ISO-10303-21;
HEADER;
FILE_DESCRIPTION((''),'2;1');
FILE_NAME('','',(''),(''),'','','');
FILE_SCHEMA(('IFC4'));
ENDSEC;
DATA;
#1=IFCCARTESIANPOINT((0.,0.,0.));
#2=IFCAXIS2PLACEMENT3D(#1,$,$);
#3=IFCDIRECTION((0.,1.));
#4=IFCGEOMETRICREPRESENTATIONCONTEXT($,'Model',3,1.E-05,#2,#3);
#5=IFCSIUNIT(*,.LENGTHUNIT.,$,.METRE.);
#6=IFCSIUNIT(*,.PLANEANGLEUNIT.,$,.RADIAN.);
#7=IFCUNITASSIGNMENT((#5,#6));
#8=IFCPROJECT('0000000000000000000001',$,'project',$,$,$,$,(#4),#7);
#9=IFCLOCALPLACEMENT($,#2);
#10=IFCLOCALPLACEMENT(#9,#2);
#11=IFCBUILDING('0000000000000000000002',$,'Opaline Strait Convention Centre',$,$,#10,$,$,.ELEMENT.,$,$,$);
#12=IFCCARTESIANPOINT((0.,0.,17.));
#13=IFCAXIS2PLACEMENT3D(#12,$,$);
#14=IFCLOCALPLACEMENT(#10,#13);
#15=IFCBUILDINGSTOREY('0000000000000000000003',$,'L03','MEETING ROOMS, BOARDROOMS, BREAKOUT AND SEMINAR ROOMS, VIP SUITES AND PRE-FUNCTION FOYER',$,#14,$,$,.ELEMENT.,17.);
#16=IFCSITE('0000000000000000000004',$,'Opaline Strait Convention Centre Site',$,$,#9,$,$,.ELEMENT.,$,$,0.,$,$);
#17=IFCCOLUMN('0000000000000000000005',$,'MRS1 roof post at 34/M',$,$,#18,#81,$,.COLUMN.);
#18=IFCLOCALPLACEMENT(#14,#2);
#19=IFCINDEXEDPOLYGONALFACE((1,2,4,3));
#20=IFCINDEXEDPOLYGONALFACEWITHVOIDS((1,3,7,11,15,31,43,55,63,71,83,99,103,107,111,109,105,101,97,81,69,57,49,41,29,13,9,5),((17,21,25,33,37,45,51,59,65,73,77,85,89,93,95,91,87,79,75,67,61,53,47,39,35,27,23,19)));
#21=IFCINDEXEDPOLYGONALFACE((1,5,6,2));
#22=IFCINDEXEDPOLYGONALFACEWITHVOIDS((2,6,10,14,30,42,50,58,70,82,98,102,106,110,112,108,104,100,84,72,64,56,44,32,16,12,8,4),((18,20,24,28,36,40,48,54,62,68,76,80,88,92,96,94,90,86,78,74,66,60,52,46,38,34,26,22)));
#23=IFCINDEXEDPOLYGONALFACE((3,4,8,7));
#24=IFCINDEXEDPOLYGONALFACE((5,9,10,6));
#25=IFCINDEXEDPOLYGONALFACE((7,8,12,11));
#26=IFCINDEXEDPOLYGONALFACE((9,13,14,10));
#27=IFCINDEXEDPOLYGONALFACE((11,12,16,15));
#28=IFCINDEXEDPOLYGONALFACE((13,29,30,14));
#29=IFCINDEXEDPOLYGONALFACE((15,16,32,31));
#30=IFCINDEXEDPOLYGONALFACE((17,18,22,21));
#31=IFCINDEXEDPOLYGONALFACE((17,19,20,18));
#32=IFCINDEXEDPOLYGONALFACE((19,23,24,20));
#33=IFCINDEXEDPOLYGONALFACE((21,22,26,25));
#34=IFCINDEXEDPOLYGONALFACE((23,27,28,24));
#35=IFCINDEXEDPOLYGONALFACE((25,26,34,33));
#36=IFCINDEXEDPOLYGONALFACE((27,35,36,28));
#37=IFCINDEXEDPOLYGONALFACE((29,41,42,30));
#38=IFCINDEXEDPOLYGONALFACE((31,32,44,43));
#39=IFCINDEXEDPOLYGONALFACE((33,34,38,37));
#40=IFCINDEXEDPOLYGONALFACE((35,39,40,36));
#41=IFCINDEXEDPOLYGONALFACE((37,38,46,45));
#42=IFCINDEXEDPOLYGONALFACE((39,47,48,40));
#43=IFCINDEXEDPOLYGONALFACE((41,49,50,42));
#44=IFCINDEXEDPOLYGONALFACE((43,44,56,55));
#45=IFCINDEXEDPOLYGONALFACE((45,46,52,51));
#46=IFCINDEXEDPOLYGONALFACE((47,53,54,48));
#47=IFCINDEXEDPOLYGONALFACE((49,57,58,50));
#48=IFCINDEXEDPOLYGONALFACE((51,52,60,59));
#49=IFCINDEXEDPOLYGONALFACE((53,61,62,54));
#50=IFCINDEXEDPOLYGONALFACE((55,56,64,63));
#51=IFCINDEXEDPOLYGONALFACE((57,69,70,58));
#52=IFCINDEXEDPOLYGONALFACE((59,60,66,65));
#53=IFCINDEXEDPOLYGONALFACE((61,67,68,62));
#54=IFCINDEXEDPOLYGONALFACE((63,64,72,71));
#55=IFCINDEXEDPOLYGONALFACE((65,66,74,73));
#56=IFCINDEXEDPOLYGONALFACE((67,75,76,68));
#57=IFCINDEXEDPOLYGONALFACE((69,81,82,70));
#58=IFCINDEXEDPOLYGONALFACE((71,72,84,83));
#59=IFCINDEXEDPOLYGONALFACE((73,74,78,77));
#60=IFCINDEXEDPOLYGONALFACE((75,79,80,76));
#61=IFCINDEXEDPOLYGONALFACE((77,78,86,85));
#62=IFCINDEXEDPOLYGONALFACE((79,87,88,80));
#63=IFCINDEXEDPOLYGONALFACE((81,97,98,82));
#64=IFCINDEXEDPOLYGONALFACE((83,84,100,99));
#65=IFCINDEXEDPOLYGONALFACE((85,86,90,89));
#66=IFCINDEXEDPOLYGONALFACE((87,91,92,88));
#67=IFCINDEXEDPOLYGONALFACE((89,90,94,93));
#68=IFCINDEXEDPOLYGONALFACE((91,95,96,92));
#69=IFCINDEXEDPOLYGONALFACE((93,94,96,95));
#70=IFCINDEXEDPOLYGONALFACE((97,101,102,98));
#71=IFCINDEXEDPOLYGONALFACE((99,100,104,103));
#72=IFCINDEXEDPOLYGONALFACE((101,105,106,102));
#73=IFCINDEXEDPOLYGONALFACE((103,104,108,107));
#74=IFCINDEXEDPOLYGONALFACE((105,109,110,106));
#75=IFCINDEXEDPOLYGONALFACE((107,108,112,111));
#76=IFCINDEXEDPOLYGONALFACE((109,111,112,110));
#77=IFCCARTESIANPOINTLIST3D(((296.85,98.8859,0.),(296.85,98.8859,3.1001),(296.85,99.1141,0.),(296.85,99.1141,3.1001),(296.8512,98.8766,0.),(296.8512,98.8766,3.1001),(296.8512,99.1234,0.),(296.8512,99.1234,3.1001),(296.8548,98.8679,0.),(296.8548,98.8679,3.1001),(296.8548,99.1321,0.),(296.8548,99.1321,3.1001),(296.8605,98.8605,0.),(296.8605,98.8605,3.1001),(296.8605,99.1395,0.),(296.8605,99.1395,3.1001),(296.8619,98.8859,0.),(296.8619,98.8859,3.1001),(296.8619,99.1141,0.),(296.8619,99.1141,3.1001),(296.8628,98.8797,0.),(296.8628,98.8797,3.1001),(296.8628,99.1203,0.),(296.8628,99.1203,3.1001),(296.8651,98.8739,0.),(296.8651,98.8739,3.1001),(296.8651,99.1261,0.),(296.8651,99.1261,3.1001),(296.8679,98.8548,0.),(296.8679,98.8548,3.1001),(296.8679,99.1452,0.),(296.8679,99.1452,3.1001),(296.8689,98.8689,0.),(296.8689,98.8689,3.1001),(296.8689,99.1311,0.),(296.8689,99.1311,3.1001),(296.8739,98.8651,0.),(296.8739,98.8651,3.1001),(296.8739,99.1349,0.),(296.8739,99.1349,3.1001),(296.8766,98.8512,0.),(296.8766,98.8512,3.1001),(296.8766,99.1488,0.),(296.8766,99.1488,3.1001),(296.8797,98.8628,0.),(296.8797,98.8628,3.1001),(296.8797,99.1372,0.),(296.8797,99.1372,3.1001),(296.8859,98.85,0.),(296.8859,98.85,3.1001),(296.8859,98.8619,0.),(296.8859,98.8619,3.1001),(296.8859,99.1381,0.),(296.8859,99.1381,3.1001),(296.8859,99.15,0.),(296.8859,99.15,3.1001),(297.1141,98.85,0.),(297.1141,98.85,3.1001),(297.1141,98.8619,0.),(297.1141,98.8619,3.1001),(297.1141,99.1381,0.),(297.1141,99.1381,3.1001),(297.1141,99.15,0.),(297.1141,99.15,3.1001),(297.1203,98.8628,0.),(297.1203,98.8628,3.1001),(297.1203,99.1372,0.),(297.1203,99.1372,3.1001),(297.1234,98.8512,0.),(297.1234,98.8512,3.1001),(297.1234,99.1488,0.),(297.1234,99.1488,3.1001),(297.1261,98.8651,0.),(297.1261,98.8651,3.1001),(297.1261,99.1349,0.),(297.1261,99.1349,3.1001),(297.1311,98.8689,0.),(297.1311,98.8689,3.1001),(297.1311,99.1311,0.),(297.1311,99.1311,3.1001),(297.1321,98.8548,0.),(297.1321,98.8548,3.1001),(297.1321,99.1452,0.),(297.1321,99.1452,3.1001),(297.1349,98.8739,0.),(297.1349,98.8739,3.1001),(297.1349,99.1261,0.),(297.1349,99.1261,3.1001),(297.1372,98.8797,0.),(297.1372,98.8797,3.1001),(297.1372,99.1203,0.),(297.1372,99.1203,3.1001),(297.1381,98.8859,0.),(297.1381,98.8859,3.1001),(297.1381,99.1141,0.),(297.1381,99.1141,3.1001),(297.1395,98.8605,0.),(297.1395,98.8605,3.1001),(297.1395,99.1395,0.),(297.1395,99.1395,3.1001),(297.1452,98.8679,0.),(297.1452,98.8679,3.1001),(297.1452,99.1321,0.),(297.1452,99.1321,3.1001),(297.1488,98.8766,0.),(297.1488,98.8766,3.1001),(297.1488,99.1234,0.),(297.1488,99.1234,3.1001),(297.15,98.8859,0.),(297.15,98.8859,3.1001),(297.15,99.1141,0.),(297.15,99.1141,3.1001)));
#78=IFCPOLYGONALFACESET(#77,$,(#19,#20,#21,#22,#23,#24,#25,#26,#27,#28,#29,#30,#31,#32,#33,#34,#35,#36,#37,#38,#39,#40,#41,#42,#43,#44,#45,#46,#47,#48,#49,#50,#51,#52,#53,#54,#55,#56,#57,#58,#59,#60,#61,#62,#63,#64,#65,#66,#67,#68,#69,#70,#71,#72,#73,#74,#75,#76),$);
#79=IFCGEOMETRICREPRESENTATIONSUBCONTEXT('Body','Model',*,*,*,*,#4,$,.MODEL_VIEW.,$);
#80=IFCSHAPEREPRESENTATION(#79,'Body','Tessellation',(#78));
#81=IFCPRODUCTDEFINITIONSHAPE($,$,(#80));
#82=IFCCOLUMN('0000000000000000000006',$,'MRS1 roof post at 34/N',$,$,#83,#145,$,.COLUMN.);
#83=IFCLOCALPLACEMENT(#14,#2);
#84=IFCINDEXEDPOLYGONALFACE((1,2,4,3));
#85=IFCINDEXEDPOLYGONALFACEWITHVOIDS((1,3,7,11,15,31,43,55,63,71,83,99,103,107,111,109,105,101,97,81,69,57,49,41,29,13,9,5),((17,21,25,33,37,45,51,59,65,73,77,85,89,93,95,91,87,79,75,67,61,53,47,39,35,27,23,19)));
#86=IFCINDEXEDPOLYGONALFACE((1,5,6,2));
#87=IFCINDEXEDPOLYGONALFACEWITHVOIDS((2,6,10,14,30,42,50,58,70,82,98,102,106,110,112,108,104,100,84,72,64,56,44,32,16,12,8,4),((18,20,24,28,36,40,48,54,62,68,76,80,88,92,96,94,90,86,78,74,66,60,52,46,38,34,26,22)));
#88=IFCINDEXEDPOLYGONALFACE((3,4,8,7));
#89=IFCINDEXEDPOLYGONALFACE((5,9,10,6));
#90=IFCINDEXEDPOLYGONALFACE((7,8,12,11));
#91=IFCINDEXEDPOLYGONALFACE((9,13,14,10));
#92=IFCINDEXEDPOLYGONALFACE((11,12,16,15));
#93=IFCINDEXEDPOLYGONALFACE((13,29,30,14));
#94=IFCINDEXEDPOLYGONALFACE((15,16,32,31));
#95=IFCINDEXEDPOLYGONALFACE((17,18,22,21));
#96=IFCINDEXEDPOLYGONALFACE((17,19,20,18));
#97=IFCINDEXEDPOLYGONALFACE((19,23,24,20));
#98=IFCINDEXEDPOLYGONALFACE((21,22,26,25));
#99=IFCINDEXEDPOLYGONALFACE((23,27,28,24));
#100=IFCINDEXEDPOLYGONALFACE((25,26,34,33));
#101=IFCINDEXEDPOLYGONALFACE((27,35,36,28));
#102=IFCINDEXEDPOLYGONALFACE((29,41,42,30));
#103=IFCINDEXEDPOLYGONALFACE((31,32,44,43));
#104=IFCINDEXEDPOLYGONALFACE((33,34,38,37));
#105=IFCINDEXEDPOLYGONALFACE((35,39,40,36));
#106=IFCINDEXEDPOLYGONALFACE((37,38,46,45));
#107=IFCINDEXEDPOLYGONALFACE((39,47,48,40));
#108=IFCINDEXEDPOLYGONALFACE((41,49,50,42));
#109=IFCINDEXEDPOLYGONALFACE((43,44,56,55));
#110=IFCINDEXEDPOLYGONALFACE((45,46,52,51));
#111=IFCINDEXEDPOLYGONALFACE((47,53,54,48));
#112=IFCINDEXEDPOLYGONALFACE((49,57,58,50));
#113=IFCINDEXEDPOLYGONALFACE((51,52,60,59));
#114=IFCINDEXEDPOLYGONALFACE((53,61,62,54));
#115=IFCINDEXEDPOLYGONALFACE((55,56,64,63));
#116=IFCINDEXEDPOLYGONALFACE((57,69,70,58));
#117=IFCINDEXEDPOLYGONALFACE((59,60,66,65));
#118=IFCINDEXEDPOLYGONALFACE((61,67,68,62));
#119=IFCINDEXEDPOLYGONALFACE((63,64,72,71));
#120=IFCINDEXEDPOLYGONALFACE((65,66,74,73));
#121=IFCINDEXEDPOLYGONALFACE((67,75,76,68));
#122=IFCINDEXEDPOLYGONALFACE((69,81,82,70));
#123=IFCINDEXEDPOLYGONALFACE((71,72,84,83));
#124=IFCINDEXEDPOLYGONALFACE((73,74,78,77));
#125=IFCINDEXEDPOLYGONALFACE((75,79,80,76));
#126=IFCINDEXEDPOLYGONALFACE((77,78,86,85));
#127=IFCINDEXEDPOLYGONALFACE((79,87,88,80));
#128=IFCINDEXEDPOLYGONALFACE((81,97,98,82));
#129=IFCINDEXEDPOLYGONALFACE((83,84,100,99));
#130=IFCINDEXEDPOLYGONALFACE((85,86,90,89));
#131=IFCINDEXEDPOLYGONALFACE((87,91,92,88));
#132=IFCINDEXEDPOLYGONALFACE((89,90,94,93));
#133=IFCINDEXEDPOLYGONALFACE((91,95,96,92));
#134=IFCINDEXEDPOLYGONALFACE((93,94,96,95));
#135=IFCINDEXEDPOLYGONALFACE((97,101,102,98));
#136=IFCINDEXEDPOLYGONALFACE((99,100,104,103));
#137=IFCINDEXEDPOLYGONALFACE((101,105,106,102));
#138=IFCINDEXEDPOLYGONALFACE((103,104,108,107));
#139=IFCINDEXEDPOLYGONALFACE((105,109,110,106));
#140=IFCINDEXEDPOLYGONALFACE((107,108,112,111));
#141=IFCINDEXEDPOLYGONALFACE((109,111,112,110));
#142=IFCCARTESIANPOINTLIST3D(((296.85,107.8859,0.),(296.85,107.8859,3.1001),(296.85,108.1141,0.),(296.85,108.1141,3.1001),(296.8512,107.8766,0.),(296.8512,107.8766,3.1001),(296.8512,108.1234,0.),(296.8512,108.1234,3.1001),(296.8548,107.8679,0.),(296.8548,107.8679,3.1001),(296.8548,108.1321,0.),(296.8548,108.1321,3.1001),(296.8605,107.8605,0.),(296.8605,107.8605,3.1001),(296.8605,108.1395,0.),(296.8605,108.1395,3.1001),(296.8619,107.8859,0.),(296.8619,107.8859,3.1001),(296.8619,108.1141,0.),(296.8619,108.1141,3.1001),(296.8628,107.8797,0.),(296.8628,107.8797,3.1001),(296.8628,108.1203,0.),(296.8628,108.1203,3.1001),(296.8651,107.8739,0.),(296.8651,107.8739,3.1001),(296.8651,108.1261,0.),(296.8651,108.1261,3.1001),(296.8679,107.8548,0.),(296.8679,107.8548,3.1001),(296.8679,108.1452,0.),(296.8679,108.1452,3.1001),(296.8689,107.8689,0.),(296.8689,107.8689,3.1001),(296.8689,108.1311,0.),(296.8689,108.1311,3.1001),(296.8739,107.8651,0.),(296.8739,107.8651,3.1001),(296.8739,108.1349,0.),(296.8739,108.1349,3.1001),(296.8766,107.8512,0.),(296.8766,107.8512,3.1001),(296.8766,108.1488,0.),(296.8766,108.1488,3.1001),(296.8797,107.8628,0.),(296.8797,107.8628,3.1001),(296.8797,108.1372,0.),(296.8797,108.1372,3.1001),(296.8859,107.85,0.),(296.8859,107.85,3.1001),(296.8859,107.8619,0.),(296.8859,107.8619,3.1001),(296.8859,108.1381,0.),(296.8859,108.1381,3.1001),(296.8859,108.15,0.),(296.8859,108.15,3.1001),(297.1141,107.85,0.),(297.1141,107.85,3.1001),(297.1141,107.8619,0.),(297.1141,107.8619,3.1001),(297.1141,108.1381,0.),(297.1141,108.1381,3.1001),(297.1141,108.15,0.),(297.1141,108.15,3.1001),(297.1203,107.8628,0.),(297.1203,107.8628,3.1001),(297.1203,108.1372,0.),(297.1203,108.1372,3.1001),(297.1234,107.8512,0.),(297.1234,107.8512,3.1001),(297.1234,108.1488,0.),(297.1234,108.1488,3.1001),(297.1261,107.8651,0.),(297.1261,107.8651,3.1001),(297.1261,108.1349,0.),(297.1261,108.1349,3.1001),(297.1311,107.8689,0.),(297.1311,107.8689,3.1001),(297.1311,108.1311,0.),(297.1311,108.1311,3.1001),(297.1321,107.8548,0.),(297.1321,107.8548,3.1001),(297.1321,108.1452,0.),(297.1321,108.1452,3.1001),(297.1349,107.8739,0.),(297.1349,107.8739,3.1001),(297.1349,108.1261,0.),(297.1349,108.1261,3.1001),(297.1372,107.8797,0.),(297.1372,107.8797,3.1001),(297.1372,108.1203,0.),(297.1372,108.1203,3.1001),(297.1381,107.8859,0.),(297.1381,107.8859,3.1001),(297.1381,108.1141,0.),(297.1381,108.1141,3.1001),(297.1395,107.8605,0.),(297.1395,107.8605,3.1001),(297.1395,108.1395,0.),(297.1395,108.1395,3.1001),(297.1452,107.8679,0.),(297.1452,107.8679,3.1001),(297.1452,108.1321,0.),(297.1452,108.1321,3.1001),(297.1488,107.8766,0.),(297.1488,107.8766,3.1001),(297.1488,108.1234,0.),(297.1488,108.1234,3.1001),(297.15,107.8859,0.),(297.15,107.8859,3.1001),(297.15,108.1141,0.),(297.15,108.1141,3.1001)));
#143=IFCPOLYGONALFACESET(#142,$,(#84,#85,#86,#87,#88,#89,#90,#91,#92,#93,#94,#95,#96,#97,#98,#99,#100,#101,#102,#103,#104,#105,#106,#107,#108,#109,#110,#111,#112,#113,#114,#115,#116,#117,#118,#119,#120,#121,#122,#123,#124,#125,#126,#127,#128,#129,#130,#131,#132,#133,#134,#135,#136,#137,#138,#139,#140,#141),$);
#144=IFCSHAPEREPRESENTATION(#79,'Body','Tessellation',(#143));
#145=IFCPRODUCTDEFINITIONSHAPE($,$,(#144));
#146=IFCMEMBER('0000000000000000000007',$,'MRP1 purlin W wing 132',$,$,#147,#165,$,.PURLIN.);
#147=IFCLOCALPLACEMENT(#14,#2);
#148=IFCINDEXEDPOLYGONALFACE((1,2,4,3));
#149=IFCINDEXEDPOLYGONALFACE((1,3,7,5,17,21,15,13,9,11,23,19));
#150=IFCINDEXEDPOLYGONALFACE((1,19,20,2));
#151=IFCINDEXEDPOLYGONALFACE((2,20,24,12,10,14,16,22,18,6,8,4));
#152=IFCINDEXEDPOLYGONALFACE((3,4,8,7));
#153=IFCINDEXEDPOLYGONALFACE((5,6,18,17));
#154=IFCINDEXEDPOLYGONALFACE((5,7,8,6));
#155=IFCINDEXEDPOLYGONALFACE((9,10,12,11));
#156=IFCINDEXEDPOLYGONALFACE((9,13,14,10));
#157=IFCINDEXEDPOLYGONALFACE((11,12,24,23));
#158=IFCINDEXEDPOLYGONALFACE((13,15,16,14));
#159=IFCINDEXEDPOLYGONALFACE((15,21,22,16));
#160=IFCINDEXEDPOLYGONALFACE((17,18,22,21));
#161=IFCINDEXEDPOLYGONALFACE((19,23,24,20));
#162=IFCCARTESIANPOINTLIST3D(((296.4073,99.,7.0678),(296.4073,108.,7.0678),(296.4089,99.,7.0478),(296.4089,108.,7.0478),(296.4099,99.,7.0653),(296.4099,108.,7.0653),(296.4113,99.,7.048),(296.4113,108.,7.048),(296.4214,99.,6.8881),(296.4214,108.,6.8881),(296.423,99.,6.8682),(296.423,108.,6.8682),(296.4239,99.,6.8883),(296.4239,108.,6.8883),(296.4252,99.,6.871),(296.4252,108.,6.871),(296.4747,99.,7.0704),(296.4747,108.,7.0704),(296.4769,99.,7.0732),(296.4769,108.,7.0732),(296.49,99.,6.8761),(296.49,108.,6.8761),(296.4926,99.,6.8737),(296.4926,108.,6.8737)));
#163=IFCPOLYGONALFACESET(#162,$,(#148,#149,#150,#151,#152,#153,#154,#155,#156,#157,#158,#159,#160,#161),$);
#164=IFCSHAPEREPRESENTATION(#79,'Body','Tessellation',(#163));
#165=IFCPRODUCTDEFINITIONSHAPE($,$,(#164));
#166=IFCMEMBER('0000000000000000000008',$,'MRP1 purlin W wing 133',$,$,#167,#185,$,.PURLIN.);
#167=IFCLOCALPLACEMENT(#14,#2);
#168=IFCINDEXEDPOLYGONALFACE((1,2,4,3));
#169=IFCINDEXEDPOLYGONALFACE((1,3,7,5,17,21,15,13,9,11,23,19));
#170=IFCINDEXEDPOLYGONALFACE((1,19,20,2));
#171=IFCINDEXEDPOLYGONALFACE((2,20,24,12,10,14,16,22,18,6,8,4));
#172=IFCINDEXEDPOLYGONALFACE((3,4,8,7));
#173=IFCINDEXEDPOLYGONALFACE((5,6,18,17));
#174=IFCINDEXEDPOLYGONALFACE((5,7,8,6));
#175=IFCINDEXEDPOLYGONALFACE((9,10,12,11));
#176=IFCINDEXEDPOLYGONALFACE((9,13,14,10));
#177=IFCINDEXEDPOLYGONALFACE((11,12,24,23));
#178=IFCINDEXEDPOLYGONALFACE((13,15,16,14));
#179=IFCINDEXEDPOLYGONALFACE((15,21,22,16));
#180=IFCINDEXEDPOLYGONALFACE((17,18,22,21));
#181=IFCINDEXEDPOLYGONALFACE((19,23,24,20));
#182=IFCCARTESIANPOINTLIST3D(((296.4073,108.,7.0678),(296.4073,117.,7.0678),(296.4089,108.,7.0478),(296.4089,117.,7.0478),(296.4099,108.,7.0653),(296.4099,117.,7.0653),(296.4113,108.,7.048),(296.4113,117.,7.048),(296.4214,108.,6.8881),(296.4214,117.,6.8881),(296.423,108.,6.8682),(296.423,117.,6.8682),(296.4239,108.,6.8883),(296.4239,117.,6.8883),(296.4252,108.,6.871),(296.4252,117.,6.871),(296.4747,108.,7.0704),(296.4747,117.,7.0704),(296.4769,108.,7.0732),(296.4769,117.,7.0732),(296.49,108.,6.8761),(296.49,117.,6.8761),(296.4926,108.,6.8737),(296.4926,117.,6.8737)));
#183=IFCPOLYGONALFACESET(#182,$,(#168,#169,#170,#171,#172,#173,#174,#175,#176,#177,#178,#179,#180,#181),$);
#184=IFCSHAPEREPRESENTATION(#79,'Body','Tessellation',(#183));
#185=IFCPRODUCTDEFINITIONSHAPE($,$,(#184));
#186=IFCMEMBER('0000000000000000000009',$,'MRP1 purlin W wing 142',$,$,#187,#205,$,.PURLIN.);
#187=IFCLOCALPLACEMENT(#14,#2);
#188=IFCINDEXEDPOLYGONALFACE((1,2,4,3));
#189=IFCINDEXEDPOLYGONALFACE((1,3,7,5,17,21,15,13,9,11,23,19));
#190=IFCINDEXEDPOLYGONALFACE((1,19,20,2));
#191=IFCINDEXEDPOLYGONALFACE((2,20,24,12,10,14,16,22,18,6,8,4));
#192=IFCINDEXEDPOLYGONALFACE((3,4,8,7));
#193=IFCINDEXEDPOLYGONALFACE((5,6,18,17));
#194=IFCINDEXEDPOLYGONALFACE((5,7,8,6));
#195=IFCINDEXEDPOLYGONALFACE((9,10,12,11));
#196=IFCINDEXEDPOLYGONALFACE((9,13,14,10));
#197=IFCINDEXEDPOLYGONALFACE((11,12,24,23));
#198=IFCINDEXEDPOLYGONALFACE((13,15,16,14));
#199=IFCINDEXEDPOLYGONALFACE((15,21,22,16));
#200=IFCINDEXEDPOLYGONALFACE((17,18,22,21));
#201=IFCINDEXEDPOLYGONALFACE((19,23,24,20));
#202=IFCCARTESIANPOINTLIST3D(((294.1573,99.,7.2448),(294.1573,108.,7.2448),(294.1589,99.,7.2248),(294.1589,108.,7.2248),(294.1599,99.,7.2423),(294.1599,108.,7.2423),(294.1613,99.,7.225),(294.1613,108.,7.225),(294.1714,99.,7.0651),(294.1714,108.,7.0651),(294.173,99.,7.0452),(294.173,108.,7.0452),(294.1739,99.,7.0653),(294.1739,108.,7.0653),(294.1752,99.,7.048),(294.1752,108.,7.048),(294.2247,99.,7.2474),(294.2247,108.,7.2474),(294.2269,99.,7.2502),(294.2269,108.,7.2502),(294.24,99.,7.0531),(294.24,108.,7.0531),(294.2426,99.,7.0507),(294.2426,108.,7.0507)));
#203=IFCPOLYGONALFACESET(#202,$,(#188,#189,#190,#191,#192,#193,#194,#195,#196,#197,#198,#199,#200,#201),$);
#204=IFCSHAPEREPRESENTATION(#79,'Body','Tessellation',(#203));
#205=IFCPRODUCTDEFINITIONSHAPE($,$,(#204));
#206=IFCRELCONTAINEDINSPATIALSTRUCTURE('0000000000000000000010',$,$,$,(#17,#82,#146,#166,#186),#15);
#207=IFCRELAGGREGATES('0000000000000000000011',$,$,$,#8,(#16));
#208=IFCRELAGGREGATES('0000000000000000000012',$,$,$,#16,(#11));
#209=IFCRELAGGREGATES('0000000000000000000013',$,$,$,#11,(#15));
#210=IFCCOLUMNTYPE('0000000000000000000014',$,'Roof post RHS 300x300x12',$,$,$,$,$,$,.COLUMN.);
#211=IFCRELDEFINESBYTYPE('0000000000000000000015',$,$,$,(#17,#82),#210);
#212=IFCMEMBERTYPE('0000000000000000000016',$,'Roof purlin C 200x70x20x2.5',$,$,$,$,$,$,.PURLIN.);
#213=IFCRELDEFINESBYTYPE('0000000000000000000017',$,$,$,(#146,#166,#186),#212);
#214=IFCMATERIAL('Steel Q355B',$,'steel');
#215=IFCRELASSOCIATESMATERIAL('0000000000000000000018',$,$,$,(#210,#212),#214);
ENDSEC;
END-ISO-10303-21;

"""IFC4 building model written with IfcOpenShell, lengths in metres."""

from ifc_helpers import new_model, si_unit, direction, frame, origin, origin_2d, place, context, subcontext, project, spatial, polyline, hollow_rectangle, outline, extrude, material, material_profile, profile_set, type_object, element, save


model = new_model("IFC4")

# Units and contexts
model_context = context("Model", 3, precision=1e-05, world=origin(), true_north=direction((0.0, 1.0)))
body_context = subcontext(model_context, "Body", "Model", "MODEL_VIEW")
ifc_project = project(units=[si_unit("LENGTHUNIT", "METRE"), si_unit("PLANEANGLEUNIT", "RADIAN")], contexts=[model_context])

# Site, building, storey
site_placement = place(None, origin())
site = spatial("IfcSite", under=ifc_project, at=site_placement, Name="Opaline Strait Convention Centre Site", CompositionType="ELEMENT", RefElevation=0.0)
building_placement = place(site_placement, origin())
building = spatial("IfcBuilding", under=site, at=building_placement, Name="Opaline Strait Convention Centre", CompositionType="ELEMENT")
storey_placement = place(building_placement, frame((0.0, 0.0, 17.0)))
storey = spatial("IfcBuildingStorey", under=building, at=storey_placement, Name="L03", Description="MEETING ROOMS, BOARDROOMS, BREAKOUT AND SEMINAR ROOMS, VIP SUITES AND PRE-FUNCTION FOYER", CompositionType="ELEMENT", Elevation=17.0)

# Columns
ifc_material_1 = material(Name="Steel Q355B", Category="steel")
ifc_material_profile_1 = material_profile(ifc_material_1, hollow_rectangle(XDim=0.3, YDim=0.3, WallThickness=0.012, InnerFilletRadius=0.0239, OuterFilletRadius=0.0359, at=origin_2d()), Name="RHS 300x300x12")
ifc_profile_set_1 = profile_set([ifc_material_profile_1], Name="Steel Q355B")
column_type = type_object("IfcColumnType", Name="Roof post RHS 300x300x12", PredefinedType="COLUMN", material=ifc_profile_set_1)
for number, where, z_axis, x_axis, name in (
    (1, (297.0, 99.0, 0.0), (0.0, 0.0, 1.0), (1.0, 0.0, 0.0), "MRS1 roof post at 34/M"),
    (2, (297.0, 108.0, 0.0), (0.0, 0.0, 1.0), (1.0, 0.0, 0.0), "MRS1 roof post at 34/N"),
):
    element("IfcColumn", number, at=place(storey_placement, frame(where, z_axis=z_axis, x_axis=x_axis)), inside=storey, type_object=column_type, Name=name, PredefinedType="COLUMN", context=body_context, shape_type="SweptSolid", body=[
        extrude(hollow_rectangle(XDim=0.3, YDim=0.3, WallThickness=0.012, InnerFilletRadius=0.0239, OuterFilletRadius=0.0359, at=origin_2d()), origin(), (0.0, 0.0, 1.0), 3.1001),
    ])

# Members
ifc_material_profile_2 = material_profile(ifc_material_1, outline(polyline([(-0.0349, -0.1001), (0.0349, -0.1001), (0.0349, -0.0801), (0.0325, -0.0801), (0.0325, -0.0974), (-0.0325, -0.0974), (-0.0325, 0.0974), (0.0325, 0.0974), (0.0325, 0.0801), (0.0349, 0.0801), (0.0349, 0.1001), (-0.0349, 0.1001), (-0.0349, -0.1001)])), Name="C 200x70x20x2.5")
ifc_profile_set_2 = profile_set([ifc_material_profile_2], Name="Steel Q355B")
member_type_1 = type_object("IfcMemberType", Name="Roof purlin C 200x70x20x2.5", PredefinedType="PURLIN", material=ifc_profile_set_2)
for number, where, z_axis, x_axis, name in (
    (3, (296.45, 99.0, 6.9707), (0.0, 1.0, 0.0), (-0.996917, 0.0, -0.078459), "MRP1 purlin W wing 132"),
    (4, (296.45, 108.0, 6.9707), (0.0, 1.0, 0.0), (-0.996917, 0.0, -0.078459), "MRP1 purlin W wing 133"),
    (5, (294.2, 99.0, 7.1477), (0.0, 1.0, 0.0), (-0.996917, 0.0, -0.078459), "MRP1 purlin W wing 142"),
):
    element("IfcMember", number, at=place(storey_placement, frame(where, z_axis=z_axis, x_axis=x_axis)), inside=storey, type_object=member_type_1, Name=name, PredefinedType="PURLIN", context=body_context, shape_type="SweptSolid", body=[
        extrude(outline(polyline([(-0.0349, -0.1001), (0.0349, -0.1001), (0.0349, -0.0801), (0.0325, -0.0801), (0.0325, -0.0974), (-0.0325, -0.0974), (-0.0325, 0.0974), (0.0325, 0.0974), (0.0325, 0.0801), (0.0349, 0.0801), (0.0349, 0.1001), (-0.0349, 0.1001), (-0.0349, -0.1001)])), origin(), (0.0, 0.0, 1.0), 9.0),
    ])

save(model, "model.ifc")
